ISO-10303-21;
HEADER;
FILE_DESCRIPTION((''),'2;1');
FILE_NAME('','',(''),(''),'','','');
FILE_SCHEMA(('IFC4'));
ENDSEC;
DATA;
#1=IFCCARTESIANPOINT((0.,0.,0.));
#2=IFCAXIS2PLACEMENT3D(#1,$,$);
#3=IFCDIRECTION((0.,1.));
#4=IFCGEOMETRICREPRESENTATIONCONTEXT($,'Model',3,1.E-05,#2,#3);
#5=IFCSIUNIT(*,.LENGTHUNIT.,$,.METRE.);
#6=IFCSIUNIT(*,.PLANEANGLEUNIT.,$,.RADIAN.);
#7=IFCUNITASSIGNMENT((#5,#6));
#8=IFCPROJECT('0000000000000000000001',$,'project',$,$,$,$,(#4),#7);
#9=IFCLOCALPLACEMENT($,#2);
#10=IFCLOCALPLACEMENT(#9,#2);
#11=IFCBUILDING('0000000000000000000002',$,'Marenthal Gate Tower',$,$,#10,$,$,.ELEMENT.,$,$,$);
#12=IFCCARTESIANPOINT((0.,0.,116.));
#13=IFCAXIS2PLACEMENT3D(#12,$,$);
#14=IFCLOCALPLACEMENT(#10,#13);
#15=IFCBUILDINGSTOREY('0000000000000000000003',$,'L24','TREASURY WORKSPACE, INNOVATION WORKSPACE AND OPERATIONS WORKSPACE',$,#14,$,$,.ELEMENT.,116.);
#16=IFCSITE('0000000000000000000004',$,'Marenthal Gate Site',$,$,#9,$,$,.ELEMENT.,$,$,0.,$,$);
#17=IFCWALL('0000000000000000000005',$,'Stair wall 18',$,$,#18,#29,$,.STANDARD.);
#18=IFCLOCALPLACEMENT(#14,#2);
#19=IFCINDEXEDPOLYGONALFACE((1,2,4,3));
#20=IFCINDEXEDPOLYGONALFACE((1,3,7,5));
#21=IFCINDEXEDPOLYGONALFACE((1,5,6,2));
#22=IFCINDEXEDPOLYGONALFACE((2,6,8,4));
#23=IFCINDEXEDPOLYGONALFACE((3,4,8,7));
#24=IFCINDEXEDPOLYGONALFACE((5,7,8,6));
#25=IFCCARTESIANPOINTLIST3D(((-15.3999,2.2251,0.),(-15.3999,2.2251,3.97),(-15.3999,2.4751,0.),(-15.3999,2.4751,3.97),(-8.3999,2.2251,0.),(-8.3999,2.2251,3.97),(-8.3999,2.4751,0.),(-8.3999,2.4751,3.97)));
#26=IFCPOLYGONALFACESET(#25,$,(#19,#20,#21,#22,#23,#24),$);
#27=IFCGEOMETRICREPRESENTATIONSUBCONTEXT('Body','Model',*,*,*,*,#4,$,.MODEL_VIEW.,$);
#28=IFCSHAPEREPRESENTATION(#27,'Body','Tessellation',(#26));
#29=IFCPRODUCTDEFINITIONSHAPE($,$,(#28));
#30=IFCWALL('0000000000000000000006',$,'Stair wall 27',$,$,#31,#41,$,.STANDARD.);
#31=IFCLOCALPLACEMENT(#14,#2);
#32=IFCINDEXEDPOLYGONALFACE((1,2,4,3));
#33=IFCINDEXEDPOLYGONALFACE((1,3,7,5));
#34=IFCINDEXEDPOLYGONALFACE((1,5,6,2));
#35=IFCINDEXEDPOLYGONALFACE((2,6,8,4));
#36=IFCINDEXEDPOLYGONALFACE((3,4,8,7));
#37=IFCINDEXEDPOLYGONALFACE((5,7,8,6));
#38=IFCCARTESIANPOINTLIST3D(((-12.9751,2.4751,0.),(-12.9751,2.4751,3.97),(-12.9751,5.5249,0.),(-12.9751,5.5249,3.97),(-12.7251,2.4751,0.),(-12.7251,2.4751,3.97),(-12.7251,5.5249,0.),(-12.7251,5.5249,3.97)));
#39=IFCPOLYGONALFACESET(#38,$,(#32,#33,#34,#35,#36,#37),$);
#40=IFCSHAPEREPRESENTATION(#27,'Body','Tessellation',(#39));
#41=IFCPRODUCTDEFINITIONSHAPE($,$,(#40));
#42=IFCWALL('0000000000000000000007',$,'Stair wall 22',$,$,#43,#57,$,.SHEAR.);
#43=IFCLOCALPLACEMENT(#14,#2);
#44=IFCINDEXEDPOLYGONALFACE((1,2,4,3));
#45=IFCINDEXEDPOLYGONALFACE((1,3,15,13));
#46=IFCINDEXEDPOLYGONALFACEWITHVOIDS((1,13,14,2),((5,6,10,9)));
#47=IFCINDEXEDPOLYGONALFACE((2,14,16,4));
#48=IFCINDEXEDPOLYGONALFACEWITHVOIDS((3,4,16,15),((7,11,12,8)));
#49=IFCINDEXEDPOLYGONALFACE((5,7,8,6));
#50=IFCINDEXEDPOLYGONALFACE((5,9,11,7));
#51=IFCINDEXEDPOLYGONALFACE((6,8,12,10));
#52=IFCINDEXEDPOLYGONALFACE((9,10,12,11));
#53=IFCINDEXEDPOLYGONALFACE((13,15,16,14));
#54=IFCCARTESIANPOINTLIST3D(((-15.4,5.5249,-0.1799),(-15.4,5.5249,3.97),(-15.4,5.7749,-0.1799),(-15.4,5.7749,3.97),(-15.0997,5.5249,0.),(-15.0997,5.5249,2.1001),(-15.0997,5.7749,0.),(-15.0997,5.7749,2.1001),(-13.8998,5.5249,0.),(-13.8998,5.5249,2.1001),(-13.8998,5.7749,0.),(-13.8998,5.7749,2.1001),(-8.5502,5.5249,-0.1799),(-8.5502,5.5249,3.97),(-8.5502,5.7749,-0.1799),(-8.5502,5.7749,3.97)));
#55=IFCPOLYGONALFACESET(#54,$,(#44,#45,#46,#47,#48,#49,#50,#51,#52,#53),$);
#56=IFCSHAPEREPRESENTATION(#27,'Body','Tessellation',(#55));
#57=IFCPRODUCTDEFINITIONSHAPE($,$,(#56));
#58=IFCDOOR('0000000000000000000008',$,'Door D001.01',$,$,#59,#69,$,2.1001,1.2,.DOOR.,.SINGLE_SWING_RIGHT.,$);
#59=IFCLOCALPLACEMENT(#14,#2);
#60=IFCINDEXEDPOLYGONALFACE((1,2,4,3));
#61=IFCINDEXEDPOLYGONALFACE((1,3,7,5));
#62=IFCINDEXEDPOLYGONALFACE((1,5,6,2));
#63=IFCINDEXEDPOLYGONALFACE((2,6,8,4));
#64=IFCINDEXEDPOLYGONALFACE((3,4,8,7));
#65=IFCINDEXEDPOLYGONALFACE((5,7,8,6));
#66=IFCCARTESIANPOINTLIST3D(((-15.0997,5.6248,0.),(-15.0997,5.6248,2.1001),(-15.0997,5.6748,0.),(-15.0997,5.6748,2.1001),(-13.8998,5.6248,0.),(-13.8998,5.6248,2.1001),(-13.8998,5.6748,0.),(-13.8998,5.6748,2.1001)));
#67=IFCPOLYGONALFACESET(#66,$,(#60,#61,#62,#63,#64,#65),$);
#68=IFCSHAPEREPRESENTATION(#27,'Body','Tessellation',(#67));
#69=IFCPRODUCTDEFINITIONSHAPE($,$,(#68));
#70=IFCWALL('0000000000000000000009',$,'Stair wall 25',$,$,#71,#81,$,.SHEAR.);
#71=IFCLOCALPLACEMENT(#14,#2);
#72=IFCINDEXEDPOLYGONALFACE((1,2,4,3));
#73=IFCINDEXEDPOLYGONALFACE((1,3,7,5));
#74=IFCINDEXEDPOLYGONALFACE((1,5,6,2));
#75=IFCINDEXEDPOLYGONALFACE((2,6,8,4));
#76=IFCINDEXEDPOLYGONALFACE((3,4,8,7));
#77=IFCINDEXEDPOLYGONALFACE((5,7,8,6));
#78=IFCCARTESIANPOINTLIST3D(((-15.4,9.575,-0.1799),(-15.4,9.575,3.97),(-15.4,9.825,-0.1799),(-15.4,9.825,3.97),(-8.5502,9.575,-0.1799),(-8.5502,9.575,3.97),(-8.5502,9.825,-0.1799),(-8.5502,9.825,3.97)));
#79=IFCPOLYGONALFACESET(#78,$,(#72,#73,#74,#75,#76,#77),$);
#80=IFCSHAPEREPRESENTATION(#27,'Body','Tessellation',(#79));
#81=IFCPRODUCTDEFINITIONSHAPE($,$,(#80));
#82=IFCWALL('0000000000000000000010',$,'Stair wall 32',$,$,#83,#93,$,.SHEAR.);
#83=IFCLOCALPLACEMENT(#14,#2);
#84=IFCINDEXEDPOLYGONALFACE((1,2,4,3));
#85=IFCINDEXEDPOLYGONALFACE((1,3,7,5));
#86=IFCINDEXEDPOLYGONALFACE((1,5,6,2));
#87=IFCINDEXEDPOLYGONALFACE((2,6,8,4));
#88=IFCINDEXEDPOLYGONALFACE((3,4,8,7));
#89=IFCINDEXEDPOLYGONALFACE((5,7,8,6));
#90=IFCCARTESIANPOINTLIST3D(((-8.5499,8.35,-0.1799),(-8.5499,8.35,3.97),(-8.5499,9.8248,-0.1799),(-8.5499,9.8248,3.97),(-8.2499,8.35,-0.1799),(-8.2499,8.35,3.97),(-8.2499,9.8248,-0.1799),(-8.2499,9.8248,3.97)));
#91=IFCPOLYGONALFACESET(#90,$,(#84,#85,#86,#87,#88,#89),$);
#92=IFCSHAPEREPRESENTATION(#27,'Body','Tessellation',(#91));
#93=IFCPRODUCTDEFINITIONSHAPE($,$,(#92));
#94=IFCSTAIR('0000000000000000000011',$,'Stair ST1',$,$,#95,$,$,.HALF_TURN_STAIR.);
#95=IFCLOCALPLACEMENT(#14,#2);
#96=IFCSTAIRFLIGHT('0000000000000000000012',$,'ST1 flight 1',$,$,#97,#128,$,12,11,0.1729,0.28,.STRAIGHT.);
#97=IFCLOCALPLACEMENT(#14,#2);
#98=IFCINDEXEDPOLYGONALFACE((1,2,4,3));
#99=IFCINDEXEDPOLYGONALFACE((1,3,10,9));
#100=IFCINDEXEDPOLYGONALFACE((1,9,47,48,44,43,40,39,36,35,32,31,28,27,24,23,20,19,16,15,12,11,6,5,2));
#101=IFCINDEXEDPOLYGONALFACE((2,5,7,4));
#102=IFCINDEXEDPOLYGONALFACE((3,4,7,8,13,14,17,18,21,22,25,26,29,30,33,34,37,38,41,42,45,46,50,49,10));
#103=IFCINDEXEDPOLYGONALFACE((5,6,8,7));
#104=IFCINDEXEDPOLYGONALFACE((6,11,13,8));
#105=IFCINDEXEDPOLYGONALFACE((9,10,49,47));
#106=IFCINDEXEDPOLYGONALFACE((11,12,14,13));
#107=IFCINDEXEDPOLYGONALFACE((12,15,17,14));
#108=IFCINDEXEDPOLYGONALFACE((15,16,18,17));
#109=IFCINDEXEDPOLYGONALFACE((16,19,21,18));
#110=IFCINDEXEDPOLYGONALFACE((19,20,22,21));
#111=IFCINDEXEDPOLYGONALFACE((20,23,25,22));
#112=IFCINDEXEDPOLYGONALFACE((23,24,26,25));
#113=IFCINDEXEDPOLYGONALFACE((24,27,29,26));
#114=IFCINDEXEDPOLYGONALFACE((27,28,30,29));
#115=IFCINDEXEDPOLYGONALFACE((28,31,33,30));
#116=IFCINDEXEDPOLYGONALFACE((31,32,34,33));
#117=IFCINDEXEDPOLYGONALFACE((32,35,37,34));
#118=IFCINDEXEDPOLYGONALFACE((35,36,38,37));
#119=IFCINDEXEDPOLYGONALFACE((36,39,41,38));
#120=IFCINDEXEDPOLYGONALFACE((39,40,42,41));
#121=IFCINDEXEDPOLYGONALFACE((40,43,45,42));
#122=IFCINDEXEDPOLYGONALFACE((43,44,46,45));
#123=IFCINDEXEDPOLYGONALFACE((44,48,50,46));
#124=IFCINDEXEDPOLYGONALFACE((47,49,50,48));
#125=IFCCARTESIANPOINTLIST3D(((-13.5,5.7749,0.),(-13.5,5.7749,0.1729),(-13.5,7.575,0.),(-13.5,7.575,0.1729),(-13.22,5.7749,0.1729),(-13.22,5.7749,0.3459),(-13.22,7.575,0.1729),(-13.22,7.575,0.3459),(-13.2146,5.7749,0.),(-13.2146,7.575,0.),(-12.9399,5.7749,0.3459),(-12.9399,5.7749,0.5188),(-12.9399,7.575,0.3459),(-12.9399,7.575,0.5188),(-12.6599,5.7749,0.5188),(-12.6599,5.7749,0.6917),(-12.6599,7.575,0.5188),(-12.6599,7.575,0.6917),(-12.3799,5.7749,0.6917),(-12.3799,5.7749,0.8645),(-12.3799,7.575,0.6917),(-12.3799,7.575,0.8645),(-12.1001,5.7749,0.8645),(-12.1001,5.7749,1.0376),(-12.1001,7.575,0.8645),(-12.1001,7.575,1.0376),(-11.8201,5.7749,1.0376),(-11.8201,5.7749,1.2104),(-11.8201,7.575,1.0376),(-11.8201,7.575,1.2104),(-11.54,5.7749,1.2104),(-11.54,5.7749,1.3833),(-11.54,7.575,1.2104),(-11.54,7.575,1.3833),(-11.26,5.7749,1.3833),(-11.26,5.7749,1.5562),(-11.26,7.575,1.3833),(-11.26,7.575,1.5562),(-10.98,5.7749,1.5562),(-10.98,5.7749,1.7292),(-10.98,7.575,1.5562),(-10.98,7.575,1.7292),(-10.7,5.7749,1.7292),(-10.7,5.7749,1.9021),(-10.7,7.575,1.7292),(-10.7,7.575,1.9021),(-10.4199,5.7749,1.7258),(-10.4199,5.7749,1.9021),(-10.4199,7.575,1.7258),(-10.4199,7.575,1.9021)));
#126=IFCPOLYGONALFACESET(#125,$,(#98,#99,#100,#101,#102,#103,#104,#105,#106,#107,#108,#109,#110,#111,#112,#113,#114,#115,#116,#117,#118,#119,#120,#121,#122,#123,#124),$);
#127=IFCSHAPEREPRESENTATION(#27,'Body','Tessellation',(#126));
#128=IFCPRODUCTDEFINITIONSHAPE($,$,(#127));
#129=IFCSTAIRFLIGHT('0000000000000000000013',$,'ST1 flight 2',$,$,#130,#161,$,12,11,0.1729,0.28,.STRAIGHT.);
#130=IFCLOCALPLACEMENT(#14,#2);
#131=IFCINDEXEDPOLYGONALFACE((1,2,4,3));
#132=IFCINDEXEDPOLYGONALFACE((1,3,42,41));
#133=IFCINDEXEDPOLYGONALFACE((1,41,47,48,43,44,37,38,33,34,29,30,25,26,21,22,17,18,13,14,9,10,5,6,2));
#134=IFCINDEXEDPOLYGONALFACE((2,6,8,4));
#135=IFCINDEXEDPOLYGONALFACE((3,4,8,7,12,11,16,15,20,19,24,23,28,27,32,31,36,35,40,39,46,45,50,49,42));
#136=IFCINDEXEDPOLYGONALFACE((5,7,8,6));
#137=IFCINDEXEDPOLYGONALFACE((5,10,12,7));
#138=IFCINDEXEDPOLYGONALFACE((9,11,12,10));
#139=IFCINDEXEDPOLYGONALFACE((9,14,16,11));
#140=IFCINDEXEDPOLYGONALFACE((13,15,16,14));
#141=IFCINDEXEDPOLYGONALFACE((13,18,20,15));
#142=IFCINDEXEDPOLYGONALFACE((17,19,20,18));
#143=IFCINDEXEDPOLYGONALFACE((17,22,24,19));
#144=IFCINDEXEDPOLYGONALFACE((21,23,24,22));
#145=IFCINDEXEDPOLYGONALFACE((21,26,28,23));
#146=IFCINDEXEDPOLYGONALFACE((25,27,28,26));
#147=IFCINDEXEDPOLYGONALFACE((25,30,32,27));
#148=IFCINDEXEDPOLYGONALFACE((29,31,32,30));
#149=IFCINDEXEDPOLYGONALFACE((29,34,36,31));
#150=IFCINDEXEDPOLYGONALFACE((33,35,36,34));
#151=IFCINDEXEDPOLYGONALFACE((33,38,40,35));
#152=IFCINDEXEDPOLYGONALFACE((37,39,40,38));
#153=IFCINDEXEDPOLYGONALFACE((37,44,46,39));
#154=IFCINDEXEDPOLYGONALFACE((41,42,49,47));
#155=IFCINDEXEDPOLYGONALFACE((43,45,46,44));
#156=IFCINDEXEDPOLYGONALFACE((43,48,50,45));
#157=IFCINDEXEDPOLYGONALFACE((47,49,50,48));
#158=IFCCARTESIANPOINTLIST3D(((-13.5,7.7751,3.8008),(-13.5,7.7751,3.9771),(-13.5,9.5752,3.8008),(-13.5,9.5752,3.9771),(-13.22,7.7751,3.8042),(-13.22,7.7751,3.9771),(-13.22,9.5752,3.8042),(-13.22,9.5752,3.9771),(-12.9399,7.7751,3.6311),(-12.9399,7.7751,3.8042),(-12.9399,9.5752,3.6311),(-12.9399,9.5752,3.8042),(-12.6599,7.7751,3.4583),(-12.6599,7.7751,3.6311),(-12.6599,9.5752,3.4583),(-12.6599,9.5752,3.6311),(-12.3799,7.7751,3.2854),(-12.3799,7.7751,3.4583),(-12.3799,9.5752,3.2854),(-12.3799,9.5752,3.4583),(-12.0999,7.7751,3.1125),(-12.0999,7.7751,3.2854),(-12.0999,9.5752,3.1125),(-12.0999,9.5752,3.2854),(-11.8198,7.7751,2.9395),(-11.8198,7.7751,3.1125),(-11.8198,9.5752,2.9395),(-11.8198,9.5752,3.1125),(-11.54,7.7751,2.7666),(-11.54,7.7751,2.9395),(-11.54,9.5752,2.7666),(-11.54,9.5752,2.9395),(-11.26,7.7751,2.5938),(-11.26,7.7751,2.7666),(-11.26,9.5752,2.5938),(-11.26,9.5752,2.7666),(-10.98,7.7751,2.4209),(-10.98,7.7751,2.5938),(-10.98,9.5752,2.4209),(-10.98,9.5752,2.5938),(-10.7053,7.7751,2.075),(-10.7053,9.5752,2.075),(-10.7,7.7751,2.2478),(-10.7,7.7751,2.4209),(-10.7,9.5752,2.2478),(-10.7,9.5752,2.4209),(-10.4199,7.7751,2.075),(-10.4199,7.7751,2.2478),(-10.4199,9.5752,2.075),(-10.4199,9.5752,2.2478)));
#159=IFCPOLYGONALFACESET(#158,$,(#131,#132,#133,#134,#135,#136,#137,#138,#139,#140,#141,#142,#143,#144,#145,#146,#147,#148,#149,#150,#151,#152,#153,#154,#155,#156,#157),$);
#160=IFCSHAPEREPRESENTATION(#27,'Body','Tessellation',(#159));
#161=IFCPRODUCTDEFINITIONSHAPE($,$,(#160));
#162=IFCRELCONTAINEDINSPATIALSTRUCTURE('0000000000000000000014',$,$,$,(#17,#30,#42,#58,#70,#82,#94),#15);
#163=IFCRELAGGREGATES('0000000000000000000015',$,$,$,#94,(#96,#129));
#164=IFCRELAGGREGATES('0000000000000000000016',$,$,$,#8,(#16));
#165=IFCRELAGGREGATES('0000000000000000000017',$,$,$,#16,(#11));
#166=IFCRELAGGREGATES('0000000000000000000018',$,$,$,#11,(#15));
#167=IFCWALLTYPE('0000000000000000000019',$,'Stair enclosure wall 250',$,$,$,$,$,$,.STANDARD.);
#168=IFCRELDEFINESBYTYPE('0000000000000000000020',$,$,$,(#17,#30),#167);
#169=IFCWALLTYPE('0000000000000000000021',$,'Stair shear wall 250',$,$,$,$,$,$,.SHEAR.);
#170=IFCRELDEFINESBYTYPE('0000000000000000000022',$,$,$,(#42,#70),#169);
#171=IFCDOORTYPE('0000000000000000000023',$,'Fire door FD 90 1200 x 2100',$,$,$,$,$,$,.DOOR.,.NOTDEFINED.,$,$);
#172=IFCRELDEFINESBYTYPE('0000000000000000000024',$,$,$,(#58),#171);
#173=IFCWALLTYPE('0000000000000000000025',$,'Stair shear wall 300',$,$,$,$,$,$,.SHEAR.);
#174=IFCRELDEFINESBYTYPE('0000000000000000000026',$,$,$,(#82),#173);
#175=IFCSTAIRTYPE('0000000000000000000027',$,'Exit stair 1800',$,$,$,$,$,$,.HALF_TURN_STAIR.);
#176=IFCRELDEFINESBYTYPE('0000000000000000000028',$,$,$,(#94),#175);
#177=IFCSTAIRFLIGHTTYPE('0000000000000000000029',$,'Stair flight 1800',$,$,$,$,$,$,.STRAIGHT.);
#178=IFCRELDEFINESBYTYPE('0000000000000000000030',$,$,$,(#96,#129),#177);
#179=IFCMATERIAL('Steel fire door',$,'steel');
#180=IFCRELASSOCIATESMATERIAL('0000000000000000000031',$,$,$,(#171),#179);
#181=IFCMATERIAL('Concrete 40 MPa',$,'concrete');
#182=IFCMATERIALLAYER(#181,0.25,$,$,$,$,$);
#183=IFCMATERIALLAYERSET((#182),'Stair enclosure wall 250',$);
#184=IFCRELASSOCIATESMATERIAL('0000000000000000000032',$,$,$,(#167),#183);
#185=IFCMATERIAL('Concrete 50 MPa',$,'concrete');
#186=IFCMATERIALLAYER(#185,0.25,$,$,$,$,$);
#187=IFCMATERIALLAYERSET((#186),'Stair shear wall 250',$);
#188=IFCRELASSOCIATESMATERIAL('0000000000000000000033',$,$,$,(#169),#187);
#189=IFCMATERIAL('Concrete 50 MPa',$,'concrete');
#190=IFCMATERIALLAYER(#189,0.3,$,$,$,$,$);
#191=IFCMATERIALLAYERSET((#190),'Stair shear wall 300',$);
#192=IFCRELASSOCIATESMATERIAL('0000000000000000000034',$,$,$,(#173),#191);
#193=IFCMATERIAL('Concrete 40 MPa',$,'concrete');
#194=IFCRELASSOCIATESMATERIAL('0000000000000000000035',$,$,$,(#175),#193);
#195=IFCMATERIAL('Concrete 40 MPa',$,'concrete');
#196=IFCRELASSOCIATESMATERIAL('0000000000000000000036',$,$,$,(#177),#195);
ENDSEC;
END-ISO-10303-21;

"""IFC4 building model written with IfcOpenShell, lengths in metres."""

from ifc_helpers import new_model, si_unit, direction, frame, frame_2d, origin, place, context, subcontext, project, spatial, polyline, rectangle, outline, extrude, material, layer, layer_set, type_object, element, fill, aggregate, save


model = new_model("IFC4")

# Units and contexts
model_context = context("Model", 3, precision=1e-05, world=origin(), true_north=direction((0.0, 1.0)))
body_context = subcontext(model_context, "Body", "Model", "MODEL_VIEW")
ifc_project = project(units=[si_unit("LENGTHUNIT", "METRE"), si_unit("PLANEANGLEUNIT", "RADIAN")], contexts=[model_context])

# Site, building, storey
site_placement = place(None, origin())
site = spatial("IfcSite", under=ifc_project, at=site_placement, Name="Marenthal Gate Site", CompositionType="ELEMENT", RefElevation=0.0)
building_placement = place(site_placement, origin())
building = spatial("IfcBuilding", under=site, at=building_placement, Name="Marenthal Gate Tower", CompositionType="ELEMENT")
storey_placement = place(building_placement, frame((0.0, 0.0, 116.0)))
storey = spatial("IfcBuildingStorey", under=building, at=storey_placement, Name="L24", Description="TREASURY WORKSPACE, INNOVATION WORKSPACE AND OPERATIONS WORKSPACE", CompositionType="ELEMENT", Elevation=116.0)

# Shared definitions
ifc_material_1 = material(Name="Steel fire door", Category="steel")
door_type_1 = type_object("IfcDoorType", Name="Fire door FD 90 1200 x 2100", OperationType="NOTDEFINED", PredefinedType="DOOR", material=ifc_material_1)

# Walls
ifc_material_2 = material(Name="Concrete 40 MPa", Category="concrete")
ifc_layer_1 = layer(ifc_material_2, 0.25)
ifc_layer_set_1 = layer_set([ifc_layer_1], Name="Stair enclosure wall 250")
wall_type_1 = type_object("IfcWallType", Name="Stair enclosure wall 250", PredefinedType="STANDARD", material=ifc_layer_set_1)
wall_1_placement = place(storey_placement, frame((-15.3999, 2.3501, 0.0), z_axis=(0.0, 0.0, 1.0), x_axis=(1.0, 0.0, 0.0)))
element("IfcWall", 1, at=wall_1_placement, inside=storey, type_object=wall_type_1, Name="Stair wall 18", PredefinedType="STANDARD", context=body_context, shape_type="SweptSolid", body=[
    extrude(rectangle(XDim=7.0, YDim=0.25, at=frame_2d((3.5, 0.0))), origin(), (0.0, 0.0, 1.0), 3.97),
])
wall_2_placement = place(storey_placement, frame((-12.8501, 2.4751, 0.0), z_axis=(0.0, 0.0, 1.0), x_axis=(0.0, 1.0, 0.0)))
element("IfcWall", 2, at=wall_2_placement, inside=storey, type_object=wall_type_1, Name="Stair wall 27", PredefinedType="STANDARD", context=body_context, shape_type="SweptSolid", body=[
    extrude(rectangle(XDim=3.0498, YDim=0.25, at=frame_2d((1.5249, 0.0))), origin(), (0.0, 0.0, 1.0), 3.97),
])

# Wall, opening, door
ifc_material_3 = material(Name="Concrete 50 MPa", Category="concrete")
ifc_layer_2 = layer(ifc_material_3, 0.25)
ifc_layer_set_2 = layer_set([ifc_layer_2], Name="Stair shear wall 250")
wall_type_2 = type_object("IfcWallType", Name="Stair shear wall 250", PredefinedType="SHEAR", material=ifc_layer_set_2)
wall_3_placement = place(storey_placement, frame((-15.3999, 5.6499, -0.1799), z_axis=(0.0, 0.0, 1.0), x_axis=(1.0, 0.0, 0.0)))
wall_3 = element("IfcWall", 3, at=wall_3_placement, inside=storey, type_object=wall_type_2, Name="Stair wall 22", PredefinedType="SHEAR", context=body_context, shape_type="SweptSolid", body=[
    extrude(rectangle(XDim=6.8499, YDim=0.25, at=frame_2d((3.4248, 0.0))), origin(), (0.0, 0.0, 1.0), 4.1499),
])
opening_1_placement = place(wall_3_placement, frame((0.3, 0.0, 0.1799)))
opening_1 = element("IfcOpeningElement", 4, at=opening_1_placement, cuts=wall_3, PredefinedType="OPENING", context=body_context, shape_type="SweptSolid", body=[
    extrude(rectangle(XDim=1.2, YDim=2.1001, at=frame_2d((0.6001, 1.05))), frame((0.0, 0.135, 0.0), z_axis=(0.0, -1.0, 0.0), x_axis=(1.0, 0.0, 0.0)), (0.0, 0.0, 1.0), 0.27),
])
door_1_placement = place(opening_1_placement, origin())
door_1 = element("IfcDoor", 5, at=door_1_placement, inside=storey, type_object=door_type_1, Name="Door D001.01", OperationType="SINGLE_SWING_RIGHT", OverallHeight=2.1001, OverallWidth=1.2, PredefinedType="DOOR", context=body_context, shape_type="SweptSolid", body=[
    extrude(rectangle(XDim=1.2, YDim=2.1001, at=frame_2d((0.6001, 1.05))), frame((0.0, 0.0249, 0.0), z_axis=(0.0, -1.0, 0.0), x_axis=(1.0, 0.0, 0.0)), (0.0, 0.0, 1.0), 0.05),
])
fill(opening_1, door_1)

# Walls
wall_4_placement = place(storey_placement, frame((-15.3999, 9.7, -0.1799), z_axis=(0.0, 0.0, 1.0), x_axis=(1.0, 0.0, 0.0)))
element("IfcWall", 6, at=wall_4_placement, inside=storey, type_object=wall_type_2, Name="Stair wall 25", PredefinedType="SHEAR", context=body_context, shape_type="SweptSolid", body=[
    extrude(rectangle(XDim=6.8499, YDim=0.25, at=frame_2d((3.4248, 0.0))), origin(), (0.0, 0.0, 1.0), 4.1499),
])
ifc_material_4 = material(Name="Concrete 50 MPa", Category="concrete")
ifc_layer_3 = layer(ifc_material_4, 0.3)
ifc_layer_set_3 = layer_set([ifc_layer_3], Name="Stair shear wall 300")
wall_type_3 = type_object("IfcWallType", Name="Stair shear wall 300", PredefinedType="SHEAR", material=ifc_layer_set_3)
wall_5_placement = place(storey_placement, frame((-8.3999, 8.3501, -0.1799), z_axis=(0.0, 0.0, 1.0), x_axis=(0.0, 1.0, 0.0)))
element("IfcWall", 7, at=wall_5_placement, inside=storey, type_object=wall_type_3, Name="Stair wall 32", PredefinedType="SHEAR", context=body_context, shape_type="SweptSolid", body=[
    extrude(rectangle(XDim=1.4749, YDim=0.3, at=frame_2d((0.7373, 0.0))), origin(), (0.0, 0.0, 1.0), 4.1499),
])

# Stair, stair flights
ifc_material_5 = material(Name="Concrete 40 MPa", Category="concrete")
stair_type = type_object("IfcStairType", Name="Exit stair 1800", PredefinedType="HALF_TURN_STAIR", material=ifc_material_5)
stair_placement = place(storey_placement, origin())
stair = element("IfcStair", 8, at=stair_placement, inside=storey, type_object=stair_type, Name="Stair ST1", PredefinedType="HALF_TURN_STAIR")
ifc_material_6 = material(Name="Concrete 40 MPa", Category="concrete")
stair_flight_type = type_object("IfcStairFlightType", Name="Stair flight 1800", PredefinedType="STRAIGHT", material=ifc_material_6)
stair_flight_1_placement = place(storey_placement, frame((-13.5, 6.675, 0.0), z_axis=(0.0, 0.0, 1.0), x_axis=(1.0, 0.0, 0.0)))
stair_flight_1 = element("IfcStairFlight", 9, at=stair_flight_1_placement, type_object=stair_flight_type, Name="ST1 flight 1", NumberOfRisers=12, NumberOfTreads=11, PredefinedType="STRAIGHT", RiserHeight=0.1729, TreadLength=0.28, context=body_context, shape_type="SweptSolid", body=[
    extrude(outline(polyline([(0.0, 0.0), (0.0, 0.1729), (0.28, 0.1729), (0.28, 0.3459), (0.5601, 0.3459), (0.5601, 0.5188), (0.8401, 0.5188), (0.8401, 0.6917), (1.1201, 0.6917), (1.1201, 0.8645), (1.3999, 0.8645), (1.3999, 1.0376), (1.6799, 1.0376), (1.6799, 1.2104), (1.96, 1.2104), (1.96, 1.3833), (2.24, 1.3833), (2.24, 1.5562), (2.52, 1.5562), (2.52, 1.7292), (2.8, 1.7292), (2.8, 1.9021), (3.0801, 1.9021), (3.0801, 2.075), (3.0801, 1.7258), (0.2854, 0.0), (0.0, 0.0)])), frame((0.0, 0.8999, 0.0), z_axis=(0.0, -1.0, 0.0), x_axis=(1.0, 0.0, 0.0)), (0.0, 0.0, 1.0), 1.8),
])
stair_flight_2_placement = place(storey_placement, frame((-10.4199, 8.675, 2.075), z_axis=(0.0, 0.0, 1.0), x_axis=(-1.0, 0.0, 0.0)))
stair_flight_2 = element("IfcStairFlight", 10, at=stair_flight_2_placement, type_object=stair_flight_type, Name="ST1 flight 2", NumberOfRisers=12, NumberOfTreads=11, PredefinedType="STRAIGHT", RiserHeight=0.1729, TreadLength=0.28, context=body_context, shape_type="SweptSolid", body=[
    extrude(outline(polyline([(0.0, 0.0), (0.0, 0.1729), (0.28, 0.1729), (0.28, 0.3459), (0.5601, 0.3459), (0.5601, 0.5188), (0.8401, 0.5188), (0.8401, 0.6917), (1.1201, 0.6917), (1.1201, 0.8645), (1.3999, 0.8645), (1.3999, 1.0376), (1.6799, 1.0376), (1.6799, 1.2104), (1.96, 1.2104), (1.96, 1.3833), (2.24, 1.3833), (2.24, 1.5562), (2.52, 1.5562), (2.52, 1.7292), (2.8, 1.7292), (2.8, 1.9021), (3.0801, 1.9021), (3.0801, 2.075), (3.0801, 1.7258), (0.2854, 0.0), (0.0, 0.0)])), frame((0.0, 0.8999, 0.0), z_axis=(0.0, -1.0, 0.0), x_axis=(1.0, 0.0, 0.0)), (0.0, 0.0, 1.0), 1.8),
])
aggregate(stair, [stair_flight_1, stair_flight_2])

save(model, "model.ifc")
